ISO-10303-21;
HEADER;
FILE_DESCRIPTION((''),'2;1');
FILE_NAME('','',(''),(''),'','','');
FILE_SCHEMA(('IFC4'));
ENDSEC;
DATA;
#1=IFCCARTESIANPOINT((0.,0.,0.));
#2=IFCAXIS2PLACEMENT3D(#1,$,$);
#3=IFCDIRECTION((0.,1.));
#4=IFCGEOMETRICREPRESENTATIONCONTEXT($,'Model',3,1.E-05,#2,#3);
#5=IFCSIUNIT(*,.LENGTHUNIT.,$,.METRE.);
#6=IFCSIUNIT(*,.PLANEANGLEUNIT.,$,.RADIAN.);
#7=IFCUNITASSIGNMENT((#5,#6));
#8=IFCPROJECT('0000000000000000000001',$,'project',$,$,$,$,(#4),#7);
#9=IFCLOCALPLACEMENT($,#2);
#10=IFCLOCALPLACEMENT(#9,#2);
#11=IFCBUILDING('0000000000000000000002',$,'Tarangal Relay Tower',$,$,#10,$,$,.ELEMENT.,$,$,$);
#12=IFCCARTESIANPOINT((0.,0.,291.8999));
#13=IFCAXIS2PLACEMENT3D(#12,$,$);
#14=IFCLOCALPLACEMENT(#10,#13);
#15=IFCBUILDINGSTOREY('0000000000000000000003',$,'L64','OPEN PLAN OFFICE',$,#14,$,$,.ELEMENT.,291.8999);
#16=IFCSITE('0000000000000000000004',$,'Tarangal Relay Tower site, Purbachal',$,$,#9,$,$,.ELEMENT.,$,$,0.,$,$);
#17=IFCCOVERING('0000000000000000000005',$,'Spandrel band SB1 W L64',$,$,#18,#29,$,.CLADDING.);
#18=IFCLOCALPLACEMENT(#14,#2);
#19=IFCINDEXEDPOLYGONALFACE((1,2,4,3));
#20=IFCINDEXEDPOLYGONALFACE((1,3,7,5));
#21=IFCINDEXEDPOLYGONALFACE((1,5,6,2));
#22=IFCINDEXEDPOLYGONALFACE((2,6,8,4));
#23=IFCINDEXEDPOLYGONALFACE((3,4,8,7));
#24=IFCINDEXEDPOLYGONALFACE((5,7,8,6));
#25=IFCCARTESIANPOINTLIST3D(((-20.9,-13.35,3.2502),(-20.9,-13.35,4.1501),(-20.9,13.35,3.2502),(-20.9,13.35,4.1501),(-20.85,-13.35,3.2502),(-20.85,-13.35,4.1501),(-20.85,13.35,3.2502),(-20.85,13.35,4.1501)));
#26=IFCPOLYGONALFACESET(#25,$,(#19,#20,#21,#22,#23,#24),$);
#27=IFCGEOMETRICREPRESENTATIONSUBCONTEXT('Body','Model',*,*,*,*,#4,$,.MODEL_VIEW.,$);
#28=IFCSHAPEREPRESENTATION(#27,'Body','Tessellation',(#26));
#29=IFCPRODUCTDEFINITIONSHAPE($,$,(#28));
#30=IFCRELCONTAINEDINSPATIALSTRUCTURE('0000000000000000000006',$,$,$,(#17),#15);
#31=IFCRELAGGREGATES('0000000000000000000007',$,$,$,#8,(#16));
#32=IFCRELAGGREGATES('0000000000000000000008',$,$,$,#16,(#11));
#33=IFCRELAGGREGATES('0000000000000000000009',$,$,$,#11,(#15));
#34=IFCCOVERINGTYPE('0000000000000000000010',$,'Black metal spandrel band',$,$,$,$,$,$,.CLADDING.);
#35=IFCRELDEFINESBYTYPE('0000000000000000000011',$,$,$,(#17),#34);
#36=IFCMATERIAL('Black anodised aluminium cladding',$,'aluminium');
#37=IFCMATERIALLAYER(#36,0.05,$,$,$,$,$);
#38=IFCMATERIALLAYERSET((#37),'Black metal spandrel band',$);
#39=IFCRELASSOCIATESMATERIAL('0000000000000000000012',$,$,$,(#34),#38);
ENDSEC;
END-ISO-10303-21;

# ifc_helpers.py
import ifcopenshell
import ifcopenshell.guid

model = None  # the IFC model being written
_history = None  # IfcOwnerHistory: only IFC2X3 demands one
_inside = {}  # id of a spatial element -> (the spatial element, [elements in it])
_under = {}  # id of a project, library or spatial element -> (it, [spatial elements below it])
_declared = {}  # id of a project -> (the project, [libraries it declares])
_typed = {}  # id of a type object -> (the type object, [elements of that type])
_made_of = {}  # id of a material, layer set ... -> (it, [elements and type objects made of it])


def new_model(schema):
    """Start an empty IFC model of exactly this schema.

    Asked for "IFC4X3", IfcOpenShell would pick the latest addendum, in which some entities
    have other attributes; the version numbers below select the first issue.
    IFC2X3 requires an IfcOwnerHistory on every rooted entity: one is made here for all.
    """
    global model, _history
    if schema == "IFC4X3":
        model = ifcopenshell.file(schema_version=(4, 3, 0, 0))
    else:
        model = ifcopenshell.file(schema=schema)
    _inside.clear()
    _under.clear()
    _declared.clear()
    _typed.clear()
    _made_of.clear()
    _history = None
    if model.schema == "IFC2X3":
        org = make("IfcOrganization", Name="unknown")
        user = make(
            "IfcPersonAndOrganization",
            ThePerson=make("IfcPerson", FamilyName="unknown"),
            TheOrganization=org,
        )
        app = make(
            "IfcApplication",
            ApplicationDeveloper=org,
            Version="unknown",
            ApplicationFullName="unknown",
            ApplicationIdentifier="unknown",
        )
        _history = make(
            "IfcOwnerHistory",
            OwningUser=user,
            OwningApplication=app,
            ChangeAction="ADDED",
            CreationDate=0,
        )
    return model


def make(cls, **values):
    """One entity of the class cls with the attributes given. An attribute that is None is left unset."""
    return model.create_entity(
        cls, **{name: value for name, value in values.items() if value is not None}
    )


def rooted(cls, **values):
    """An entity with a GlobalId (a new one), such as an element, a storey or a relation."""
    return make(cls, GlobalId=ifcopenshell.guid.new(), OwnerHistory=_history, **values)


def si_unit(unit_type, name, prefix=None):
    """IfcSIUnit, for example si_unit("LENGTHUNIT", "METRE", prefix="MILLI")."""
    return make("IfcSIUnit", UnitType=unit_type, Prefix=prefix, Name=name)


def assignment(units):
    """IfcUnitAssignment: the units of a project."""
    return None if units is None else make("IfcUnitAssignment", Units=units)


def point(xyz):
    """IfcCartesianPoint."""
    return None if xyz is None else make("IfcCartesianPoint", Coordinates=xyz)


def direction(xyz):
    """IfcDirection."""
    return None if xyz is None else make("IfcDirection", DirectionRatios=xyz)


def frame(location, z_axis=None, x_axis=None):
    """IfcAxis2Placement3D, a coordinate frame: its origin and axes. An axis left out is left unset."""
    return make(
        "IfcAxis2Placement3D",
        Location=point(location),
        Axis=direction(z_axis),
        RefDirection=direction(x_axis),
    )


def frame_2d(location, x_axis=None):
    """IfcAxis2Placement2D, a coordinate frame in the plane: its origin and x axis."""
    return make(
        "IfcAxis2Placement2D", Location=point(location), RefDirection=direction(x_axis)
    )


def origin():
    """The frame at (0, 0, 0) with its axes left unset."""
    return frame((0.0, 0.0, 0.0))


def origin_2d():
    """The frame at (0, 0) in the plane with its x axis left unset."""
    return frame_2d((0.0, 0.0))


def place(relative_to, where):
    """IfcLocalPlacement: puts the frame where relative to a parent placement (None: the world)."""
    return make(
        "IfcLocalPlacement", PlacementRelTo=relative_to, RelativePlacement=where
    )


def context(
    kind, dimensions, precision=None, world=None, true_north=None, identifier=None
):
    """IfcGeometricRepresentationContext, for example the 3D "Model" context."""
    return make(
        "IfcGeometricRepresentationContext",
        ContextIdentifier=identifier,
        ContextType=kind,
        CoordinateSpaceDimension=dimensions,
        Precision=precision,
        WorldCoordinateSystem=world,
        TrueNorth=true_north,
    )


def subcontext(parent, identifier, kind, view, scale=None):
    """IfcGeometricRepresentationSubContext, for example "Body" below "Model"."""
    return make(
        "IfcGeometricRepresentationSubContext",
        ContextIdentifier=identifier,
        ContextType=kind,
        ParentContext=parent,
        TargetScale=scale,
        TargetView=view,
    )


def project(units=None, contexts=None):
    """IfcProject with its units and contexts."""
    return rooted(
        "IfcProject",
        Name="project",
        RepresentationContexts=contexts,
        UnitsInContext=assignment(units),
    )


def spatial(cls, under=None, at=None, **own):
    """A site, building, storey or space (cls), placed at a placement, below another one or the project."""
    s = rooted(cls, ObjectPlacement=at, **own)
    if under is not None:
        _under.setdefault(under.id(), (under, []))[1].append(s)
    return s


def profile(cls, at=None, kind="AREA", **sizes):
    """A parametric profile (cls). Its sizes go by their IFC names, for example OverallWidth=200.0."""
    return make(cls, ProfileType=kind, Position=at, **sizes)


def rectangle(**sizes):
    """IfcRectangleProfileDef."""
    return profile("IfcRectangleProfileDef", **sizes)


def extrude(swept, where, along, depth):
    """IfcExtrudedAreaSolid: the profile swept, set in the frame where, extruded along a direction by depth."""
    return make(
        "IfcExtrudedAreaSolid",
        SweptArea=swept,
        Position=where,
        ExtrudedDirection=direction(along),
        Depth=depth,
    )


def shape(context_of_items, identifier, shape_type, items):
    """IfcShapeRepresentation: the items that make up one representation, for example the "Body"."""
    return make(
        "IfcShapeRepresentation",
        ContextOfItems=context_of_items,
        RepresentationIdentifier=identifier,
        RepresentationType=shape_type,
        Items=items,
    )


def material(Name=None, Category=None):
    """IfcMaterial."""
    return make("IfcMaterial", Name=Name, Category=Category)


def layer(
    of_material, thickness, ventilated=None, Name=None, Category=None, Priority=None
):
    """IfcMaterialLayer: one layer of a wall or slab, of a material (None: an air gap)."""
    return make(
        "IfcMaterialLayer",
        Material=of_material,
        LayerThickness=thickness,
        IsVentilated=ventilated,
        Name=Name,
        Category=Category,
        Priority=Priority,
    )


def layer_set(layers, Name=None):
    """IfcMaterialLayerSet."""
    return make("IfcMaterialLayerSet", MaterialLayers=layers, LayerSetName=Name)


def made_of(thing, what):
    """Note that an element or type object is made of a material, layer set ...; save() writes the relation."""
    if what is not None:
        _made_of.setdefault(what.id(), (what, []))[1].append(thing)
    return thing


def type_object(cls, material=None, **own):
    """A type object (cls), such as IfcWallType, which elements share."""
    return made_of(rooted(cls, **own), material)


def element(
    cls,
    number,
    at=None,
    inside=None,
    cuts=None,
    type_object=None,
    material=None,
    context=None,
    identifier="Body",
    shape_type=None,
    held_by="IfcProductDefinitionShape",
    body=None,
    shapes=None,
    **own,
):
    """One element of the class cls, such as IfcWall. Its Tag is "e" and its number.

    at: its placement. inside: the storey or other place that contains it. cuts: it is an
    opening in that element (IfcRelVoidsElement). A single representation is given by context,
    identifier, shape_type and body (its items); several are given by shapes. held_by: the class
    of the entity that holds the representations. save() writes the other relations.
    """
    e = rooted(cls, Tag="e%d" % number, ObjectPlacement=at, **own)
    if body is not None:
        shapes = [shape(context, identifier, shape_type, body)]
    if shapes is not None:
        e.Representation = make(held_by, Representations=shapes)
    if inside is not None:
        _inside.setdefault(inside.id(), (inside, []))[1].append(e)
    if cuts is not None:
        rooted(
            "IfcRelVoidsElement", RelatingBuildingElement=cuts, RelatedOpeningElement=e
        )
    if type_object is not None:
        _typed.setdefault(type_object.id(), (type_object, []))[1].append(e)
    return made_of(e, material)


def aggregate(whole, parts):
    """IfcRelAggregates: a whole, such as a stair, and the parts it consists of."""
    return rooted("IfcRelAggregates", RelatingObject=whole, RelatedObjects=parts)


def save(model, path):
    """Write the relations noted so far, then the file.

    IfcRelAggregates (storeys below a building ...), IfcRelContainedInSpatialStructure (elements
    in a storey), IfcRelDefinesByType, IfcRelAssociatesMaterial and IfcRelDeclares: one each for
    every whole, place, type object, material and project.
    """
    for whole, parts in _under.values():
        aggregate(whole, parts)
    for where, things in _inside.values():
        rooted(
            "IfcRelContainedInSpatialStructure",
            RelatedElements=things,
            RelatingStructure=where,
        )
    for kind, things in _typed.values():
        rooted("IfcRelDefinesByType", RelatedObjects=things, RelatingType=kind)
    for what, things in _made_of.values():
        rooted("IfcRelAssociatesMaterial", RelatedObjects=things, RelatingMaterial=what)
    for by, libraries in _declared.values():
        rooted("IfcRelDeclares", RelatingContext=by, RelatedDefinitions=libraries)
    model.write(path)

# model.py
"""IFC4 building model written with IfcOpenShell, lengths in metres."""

from ifc_helpers import new_model, si_unit, direction, frame, origin, origin_2d, place, context, subcontext, project, spatial, rectangle, extrude, material, layer, layer_set, type_object, element, save


model = new_model("IFC4")

# Units and contexts
model_context = context("Model", 3, precision=1e-05, world=origin(), true_north=direction((0.0, 1.0)))
body_context = subcontext(model_context, "Body", "Model", "MODEL_VIEW")
ifc_project = project(units=[si_unit("LENGTHUNIT", "METRE"), si_unit("PLANEANGLEUNIT", "RADIAN")], contexts=[model_context])

# Site, building, storey
site_placement = place(None, origin())
site = spatial("IfcSite", under=ifc_project, at=site_placement, Name="Tarangal Relay Tower site, Purbachal", CompositionType="ELEMENT", RefElevation=0.0)
building_placement = place(site_placement, origin())
building = spatial("IfcBuilding", under=site, at=building_placement, Name="Tarangal Relay Tower", CompositionType="ELEMENT")
storey_placement = place(building_placement, frame((0.0, 0.0, 291.8999)))
storey = spatial("IfcBuildingStorey", under=building, at=storey_placement, Name="L64", Description="OPEN PLAN OFFICE", CompositionType="ELEMENT", Elevation=291.8999)

# Covering
ifc_material_1 = material(Name="Black anodised aluminium cladding", Category="aluminium")
ifc_layer_1 = layer(ifc_material_1, 0.05)
ifc_layer_set_1 = layer_set([ifc_layer_1], Name="Black metal spandrel band")
covering_type = type_object("IfcCoveringType", Name="Black metal spandrel band", PredefinedType="CLADDING", material=ifc_layer_set_1)
covering_placement = place(storey_placement, frame((-20.875, 0.0, 3.2502), z_axis=(0.0, 0.0, 1.0), x_axis=(0.0, 1.0, 0.0)))
element("IfcCovering", 1, at=covering_placement, inside=storey, type_object=covering_type, Name="Spandrel band SB1 W L64", PredefinedType="CLADDING", context=body_context, shape_type="SweptSolid", body=[
    extrude(rectangle(XDim=26.7, YDim=0.05, at=origin_2d()), origin(), (0.0, 0.0, 1.0), 0.8999),
])

save(model, "model.ifc")
